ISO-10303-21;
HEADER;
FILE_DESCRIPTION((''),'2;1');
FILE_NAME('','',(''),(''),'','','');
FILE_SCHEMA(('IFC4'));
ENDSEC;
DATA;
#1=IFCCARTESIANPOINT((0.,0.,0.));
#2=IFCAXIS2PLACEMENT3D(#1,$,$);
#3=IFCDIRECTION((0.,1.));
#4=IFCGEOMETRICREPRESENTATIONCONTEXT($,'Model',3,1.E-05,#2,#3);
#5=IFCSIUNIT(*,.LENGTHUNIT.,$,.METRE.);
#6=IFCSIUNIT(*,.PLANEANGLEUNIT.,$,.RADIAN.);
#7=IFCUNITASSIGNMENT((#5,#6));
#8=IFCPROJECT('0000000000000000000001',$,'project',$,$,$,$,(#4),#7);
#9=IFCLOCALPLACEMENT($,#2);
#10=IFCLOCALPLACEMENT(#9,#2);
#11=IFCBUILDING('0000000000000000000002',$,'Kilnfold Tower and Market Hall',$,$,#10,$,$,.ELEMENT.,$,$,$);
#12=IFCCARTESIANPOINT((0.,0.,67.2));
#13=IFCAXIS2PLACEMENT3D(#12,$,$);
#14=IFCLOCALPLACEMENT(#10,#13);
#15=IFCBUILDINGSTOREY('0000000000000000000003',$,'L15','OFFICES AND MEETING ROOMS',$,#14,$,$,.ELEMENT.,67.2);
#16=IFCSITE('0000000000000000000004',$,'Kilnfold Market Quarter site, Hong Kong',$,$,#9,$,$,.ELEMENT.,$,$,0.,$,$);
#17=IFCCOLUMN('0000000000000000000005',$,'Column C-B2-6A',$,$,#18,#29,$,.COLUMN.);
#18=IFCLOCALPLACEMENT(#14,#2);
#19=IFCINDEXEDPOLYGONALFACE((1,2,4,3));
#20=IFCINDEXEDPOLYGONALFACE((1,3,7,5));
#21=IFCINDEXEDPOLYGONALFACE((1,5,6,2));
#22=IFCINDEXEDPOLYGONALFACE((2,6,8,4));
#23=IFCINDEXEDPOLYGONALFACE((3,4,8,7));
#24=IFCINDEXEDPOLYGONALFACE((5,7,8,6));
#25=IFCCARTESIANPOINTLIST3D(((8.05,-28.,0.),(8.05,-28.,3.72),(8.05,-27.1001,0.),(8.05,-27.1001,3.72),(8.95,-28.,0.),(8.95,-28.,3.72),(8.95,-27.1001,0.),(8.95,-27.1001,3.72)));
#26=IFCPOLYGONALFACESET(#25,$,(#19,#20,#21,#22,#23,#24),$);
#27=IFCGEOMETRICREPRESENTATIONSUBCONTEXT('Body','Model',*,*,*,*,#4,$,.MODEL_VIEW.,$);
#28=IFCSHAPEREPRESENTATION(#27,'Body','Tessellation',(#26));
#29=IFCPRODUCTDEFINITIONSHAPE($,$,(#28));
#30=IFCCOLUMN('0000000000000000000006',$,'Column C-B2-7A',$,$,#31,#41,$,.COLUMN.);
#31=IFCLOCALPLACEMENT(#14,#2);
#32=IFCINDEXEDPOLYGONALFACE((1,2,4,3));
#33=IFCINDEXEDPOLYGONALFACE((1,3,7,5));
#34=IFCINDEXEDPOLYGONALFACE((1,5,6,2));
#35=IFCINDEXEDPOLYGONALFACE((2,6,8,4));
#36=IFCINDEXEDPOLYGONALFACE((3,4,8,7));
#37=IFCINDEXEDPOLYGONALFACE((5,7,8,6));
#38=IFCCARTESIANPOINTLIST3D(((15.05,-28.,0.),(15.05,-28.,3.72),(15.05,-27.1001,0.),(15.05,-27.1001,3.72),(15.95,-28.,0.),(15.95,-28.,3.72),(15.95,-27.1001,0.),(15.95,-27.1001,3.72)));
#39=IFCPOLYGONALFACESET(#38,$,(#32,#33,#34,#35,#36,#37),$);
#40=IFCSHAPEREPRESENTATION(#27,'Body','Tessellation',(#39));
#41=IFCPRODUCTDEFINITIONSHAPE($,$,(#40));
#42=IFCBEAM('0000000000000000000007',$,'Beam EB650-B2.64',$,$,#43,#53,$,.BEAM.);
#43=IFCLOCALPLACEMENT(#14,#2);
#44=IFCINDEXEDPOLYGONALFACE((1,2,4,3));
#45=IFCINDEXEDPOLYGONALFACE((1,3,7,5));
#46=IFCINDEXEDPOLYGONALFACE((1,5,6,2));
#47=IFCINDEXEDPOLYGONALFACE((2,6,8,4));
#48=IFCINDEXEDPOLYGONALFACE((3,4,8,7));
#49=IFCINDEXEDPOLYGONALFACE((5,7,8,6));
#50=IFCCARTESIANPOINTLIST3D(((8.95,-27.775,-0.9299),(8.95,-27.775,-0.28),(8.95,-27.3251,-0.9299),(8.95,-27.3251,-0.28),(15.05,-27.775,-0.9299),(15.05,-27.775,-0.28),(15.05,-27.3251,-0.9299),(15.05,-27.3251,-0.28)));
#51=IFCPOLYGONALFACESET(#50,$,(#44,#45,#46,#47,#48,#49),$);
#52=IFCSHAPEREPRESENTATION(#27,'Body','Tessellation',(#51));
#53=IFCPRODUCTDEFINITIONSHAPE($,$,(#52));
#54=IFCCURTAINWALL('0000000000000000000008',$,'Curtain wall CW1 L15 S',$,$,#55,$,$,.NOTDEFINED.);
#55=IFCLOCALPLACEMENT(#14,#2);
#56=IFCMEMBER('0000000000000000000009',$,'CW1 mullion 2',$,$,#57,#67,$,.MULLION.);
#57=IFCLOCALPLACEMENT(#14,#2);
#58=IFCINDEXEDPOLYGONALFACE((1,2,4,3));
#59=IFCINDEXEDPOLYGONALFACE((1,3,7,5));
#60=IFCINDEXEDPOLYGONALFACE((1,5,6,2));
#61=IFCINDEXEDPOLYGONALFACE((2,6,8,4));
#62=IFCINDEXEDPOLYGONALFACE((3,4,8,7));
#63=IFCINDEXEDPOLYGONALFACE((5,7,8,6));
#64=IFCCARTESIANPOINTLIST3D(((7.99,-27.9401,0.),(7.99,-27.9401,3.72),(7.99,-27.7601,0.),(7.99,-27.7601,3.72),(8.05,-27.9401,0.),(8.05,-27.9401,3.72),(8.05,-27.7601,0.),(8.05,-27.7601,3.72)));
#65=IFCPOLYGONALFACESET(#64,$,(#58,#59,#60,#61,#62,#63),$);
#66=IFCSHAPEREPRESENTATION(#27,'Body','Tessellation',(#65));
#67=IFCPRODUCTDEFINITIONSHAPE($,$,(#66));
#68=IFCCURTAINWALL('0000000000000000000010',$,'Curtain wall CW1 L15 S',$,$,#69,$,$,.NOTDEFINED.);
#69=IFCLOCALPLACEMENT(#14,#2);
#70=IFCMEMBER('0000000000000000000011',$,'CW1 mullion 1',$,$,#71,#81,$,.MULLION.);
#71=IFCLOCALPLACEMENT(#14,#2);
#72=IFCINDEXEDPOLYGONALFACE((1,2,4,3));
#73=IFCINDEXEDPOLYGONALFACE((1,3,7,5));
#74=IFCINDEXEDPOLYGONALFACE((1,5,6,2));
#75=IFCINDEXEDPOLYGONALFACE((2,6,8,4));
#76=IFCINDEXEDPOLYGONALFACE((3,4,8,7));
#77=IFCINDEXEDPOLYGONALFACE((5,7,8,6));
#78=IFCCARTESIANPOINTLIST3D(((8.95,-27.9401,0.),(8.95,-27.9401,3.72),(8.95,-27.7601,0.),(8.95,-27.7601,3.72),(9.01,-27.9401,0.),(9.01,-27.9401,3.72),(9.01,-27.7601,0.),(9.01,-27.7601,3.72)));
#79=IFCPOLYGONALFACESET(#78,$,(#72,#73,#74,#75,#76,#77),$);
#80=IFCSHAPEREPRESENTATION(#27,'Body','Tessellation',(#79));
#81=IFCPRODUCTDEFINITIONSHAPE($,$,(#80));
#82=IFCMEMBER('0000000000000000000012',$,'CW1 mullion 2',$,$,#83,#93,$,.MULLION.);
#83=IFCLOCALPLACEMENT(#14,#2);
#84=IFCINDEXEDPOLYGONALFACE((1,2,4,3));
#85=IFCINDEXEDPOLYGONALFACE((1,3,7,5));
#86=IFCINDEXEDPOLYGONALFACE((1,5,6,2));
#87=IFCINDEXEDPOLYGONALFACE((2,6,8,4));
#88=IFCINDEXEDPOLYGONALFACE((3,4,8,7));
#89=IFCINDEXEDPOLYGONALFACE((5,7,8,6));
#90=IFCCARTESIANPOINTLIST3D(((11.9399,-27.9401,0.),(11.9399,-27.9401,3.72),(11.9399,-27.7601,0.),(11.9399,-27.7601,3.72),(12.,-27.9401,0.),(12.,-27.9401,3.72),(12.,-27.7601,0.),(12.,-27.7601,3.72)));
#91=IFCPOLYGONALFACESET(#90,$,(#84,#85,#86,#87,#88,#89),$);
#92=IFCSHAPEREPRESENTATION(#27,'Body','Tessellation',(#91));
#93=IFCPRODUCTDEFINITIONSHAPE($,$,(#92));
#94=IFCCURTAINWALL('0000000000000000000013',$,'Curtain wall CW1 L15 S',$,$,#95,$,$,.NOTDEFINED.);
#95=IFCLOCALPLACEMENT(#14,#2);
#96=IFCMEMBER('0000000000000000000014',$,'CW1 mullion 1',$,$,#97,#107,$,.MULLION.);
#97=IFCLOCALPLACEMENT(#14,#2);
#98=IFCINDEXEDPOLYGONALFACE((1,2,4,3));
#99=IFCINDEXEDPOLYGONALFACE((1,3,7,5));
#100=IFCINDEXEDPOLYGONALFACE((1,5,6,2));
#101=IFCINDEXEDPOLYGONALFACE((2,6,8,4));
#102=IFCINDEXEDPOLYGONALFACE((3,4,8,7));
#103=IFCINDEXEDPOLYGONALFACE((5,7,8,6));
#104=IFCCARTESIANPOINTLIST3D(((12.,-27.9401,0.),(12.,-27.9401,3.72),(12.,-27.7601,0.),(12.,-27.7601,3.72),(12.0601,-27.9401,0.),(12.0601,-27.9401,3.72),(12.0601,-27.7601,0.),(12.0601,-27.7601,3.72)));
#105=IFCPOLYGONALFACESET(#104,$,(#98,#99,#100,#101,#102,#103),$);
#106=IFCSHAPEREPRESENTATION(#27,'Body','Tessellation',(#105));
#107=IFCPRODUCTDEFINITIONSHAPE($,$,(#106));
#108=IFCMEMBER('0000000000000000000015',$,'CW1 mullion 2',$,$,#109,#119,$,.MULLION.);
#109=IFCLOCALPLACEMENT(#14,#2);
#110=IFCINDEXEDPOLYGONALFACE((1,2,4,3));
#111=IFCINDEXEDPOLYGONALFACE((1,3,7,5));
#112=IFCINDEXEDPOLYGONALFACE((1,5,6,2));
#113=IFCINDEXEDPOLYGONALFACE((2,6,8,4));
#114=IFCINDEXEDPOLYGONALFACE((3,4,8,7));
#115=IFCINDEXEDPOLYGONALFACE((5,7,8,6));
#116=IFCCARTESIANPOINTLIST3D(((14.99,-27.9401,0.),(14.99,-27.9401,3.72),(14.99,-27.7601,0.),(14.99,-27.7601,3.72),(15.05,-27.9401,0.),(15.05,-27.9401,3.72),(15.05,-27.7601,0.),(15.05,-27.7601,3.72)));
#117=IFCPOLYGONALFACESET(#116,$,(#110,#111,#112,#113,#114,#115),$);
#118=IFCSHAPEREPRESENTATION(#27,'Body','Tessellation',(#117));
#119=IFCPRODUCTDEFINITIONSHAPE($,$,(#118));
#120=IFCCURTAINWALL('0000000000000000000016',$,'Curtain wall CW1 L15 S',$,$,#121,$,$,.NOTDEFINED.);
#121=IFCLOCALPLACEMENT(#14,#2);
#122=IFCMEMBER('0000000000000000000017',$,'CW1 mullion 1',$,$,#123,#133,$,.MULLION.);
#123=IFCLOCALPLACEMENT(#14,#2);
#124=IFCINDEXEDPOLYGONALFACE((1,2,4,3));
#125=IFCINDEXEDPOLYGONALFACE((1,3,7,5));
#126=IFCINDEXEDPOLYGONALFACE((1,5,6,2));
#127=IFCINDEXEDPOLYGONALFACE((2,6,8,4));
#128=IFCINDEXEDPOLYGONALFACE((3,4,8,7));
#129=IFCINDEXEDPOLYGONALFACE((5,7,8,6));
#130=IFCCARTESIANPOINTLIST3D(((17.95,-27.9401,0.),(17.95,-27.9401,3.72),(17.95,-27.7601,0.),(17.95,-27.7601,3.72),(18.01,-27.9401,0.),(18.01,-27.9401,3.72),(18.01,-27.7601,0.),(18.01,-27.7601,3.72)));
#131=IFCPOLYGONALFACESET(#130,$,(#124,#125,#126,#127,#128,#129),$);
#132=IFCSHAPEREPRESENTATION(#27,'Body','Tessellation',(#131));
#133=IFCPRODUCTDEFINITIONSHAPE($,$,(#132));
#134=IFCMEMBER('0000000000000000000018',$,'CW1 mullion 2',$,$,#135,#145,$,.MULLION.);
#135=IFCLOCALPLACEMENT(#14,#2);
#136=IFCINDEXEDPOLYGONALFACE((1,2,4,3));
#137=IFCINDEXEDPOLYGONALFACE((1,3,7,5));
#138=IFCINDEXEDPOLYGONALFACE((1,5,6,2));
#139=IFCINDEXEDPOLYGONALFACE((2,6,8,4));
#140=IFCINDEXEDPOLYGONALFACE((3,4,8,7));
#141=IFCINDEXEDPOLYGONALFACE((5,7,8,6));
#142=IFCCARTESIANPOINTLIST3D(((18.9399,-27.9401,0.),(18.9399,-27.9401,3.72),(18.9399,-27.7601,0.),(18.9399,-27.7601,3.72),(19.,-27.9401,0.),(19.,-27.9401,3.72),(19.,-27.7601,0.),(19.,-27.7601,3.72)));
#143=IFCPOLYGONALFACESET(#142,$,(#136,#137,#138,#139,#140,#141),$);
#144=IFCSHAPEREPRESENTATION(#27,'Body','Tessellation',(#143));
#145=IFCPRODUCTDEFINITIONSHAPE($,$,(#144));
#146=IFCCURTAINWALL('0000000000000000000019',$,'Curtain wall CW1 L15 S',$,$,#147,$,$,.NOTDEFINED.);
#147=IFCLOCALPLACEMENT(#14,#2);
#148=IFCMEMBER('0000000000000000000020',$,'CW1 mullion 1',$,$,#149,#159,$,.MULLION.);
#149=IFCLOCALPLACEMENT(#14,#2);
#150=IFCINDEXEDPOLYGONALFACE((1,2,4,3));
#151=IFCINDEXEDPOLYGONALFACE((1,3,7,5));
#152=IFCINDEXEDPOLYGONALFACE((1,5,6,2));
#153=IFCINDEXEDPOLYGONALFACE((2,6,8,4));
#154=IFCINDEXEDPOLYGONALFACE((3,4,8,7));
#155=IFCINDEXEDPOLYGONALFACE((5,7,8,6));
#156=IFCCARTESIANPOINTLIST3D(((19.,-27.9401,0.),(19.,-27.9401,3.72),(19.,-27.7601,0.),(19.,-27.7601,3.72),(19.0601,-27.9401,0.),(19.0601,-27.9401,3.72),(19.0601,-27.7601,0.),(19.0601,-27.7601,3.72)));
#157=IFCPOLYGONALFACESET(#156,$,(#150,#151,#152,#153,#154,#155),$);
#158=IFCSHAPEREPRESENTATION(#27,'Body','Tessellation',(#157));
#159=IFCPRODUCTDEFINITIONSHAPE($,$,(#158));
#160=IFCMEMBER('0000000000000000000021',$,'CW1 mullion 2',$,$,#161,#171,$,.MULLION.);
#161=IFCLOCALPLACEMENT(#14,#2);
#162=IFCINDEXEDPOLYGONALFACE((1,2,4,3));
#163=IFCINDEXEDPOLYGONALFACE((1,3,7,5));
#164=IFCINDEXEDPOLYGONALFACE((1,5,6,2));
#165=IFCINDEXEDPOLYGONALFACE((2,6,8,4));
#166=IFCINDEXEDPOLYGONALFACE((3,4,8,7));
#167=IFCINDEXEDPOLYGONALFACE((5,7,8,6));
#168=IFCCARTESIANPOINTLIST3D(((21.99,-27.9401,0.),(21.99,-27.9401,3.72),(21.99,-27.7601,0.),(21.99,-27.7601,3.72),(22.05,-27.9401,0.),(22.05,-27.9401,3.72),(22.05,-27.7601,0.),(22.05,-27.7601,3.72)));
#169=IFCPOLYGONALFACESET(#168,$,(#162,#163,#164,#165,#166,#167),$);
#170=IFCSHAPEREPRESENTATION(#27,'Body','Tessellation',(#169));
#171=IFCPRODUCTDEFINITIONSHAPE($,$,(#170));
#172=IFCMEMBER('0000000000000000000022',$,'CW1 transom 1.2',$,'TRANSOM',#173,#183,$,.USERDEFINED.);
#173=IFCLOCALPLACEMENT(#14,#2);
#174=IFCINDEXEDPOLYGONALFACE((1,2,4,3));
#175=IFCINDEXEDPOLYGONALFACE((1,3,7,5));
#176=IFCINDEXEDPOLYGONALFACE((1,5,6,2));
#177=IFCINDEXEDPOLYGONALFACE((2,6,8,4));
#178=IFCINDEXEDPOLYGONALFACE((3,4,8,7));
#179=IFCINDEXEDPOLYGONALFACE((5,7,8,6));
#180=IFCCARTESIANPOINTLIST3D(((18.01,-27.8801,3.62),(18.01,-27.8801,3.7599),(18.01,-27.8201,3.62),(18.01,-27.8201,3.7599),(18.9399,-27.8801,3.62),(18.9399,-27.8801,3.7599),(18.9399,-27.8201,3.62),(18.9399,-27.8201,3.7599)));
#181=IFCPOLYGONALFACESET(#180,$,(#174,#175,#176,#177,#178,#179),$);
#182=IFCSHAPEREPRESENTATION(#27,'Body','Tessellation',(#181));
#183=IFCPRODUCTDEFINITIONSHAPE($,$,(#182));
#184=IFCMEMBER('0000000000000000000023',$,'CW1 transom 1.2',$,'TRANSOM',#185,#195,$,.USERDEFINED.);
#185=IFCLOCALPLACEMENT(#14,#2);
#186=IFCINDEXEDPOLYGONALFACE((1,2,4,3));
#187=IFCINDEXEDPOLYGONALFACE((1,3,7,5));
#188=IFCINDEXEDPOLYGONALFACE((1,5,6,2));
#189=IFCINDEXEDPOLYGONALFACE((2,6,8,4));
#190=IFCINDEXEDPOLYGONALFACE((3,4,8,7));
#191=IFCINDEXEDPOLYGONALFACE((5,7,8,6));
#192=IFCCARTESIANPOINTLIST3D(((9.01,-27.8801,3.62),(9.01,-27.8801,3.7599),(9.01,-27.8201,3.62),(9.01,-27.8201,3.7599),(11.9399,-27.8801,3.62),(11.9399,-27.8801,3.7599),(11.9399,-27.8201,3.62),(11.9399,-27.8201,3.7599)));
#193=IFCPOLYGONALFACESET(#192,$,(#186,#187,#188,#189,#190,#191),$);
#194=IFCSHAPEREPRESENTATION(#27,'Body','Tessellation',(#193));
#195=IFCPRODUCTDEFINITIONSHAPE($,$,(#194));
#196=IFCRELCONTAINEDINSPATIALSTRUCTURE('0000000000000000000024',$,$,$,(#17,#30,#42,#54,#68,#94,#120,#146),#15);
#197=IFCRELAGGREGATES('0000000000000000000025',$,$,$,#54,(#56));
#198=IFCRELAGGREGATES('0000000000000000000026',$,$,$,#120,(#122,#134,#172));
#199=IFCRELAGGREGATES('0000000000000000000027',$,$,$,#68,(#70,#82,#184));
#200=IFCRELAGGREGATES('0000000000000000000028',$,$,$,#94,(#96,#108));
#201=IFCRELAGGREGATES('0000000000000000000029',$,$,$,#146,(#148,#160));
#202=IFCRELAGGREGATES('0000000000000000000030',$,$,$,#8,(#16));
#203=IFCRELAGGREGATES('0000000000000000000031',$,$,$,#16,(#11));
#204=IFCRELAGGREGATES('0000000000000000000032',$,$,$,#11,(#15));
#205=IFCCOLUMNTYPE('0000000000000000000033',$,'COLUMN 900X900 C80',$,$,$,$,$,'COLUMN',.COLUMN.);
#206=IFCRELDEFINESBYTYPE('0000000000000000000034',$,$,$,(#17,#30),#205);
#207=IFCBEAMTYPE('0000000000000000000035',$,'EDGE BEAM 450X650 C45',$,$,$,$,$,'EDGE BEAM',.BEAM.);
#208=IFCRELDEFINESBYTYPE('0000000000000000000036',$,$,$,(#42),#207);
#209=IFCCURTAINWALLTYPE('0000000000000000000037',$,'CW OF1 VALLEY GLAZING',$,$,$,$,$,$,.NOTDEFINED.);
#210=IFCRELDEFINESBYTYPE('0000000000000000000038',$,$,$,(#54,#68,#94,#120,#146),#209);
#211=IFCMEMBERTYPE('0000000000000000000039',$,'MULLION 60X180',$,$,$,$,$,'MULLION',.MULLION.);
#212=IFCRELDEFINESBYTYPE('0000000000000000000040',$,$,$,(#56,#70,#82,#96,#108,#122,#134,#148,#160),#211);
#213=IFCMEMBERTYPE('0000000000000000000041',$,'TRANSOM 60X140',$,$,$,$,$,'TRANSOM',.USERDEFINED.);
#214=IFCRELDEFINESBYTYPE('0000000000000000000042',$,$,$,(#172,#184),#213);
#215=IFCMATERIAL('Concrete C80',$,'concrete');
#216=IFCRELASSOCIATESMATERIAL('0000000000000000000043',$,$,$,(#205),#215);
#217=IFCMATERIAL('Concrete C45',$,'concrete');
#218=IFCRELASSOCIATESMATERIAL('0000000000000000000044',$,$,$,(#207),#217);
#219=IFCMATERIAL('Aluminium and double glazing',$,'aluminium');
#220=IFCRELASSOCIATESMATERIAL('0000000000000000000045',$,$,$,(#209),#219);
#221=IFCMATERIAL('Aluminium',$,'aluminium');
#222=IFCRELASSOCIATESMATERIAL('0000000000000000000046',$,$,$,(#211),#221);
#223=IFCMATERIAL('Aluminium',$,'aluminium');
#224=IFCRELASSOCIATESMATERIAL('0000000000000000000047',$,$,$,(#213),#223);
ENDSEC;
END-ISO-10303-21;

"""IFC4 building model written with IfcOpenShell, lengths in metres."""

from ifc_helpers import new_model, si_unit, direction, frame, origin, origin_2d, place, context, subcontext, project, spatial, rectangle, extrude, source, transform, mapped, material, material_profile, profile_set, type_object, element, aggregate, save


model = new_model("IFC4")

# Units and contexts
model_context = context("Model", 3, precision=1e-05, world=origin(), true_north=direction((0.0, 1.0)))
body_context = subcontext(model_context, "Body", "Model", "MODEL_VIEW")
ifc_project = project(units=[si_unit("LENGTHUNIT", "METRE"), si_unit("PLANEANGLEUNIT", "RADIAN")], contexts=[model_context])

# Site, building, storey
site_placement = place(None, origin())
site = spatial("IfcSite", under=ifc_project, at=site_placement, Name="Kilnfold Market Quarter site, Hong Kong", CompositionType="ELEMENT", RefElevation=0.0)
building_placement = place(site_placement, origin())
building = spatial("IfcBuilding", under=site, at=building_placement, Name="Kilnfold Tower and Market Hall", CompositionType="ELEMENT")
storey_placement = place(building_placement, frame((0.0, 0.0, 67.2)))
storey = spatial("IfcBuildingStorey", under=building, at=storey_placement, Name="L15", Description="OFFICES AND MEETING ROOMS", CompositionType="ELEMENT", Elevation=67.2)

# Columns
ifc_material_1 = material(Name="Concrete C80", Category="concrete")
ifc_material_profile_1 = material_profile(ifc_material_1, rectangle(XDim=0.8999, YDim=0.8999, at=origin_2d()), Name="RC 900x900")
ifc_profile_set_1 = profile_set([ifc_material_profile_1], Name="Concrete C80")
column_type = type_object("IfcColumnType", Name="COLUMN 900X900 C80", ElementType="COLUMN", PredefinedType="COLUMN", material=ifc_profile_set_1)
shared_shape_1 = source(origin(), body_context, "Body", "SweptSolid", [
    extrude(rectangle(XDim=0.8999, YDim=0.8999, at=origin_2d()), origin(), (0.0, 0.0, 1.0), 3.72),
])
for number, where, z_axis, x_axis, name in (
    (1, (8.5, -27.55, 0.0), (0.0, 0.0, 1.0), (1.0, 0.0, 0.0), "Column C-B2-6A"),
    (2, (15.5, -27.55, 0.0), (0.0, 0.0, 1.0), (1.0, 0.0, 0.0), "Column C-B2-7A"),
):
    element("IfcColumn", number, at=place(storey_placement, frame(where, z_axis=z_axis, x_axis=x_axis)), inside=storey, type_object=column_type, Name=name, PredefinedType="COLUMN", context=body_context, shape_type="MappedRepresentation", body=[
        mapped(shared_shape_1, transform((0.0, 0.0, 0.0))),
    ])

# Beam
ifc_material_2 = material(Name="Concrete C45", Category="concrete")
ifc_material_profile_2 = material_profile(ifc_material_2, rectangle(XDim=0.45, YDim=0.6499, at=origin_2d()), Name="RC 450x650")
ifc_profile_set_2 = profile_set([ifc_material_profile_2], Name="Concrete C45")
beam_type = type_object("IfcBeamType", Name="EDGE BEAM 450X650 C45", ElementType="EDGE BEAM", PredefinedType="BEAM", material=ifc_profile_set_2)
shared_shape_2 = source(origin(), body_context, "Body", "SweptSolid", [
    extrude(rectangle(XDim=0.45, YDim=0.6499, at=origin_2d()), origin(), (0.0, 0.0, 1.0), 6.1001),
])
beam_placement = place(storey_placement, frame((8.95, -27.55, -0.605), z_axis=(1.0, 0.0, 0.0), x_axis=(0.0, 1.0, 0.0)))
element("IfcBeam", 3, at=beam_placement, inside=storey, type_object=beam_type, Name="Beam EB650-B2.64", PredefinedType="BEAM", context=body_context, shape_type="MappedRepresentation", body=[
    mapped(shared_shape_2, transform((0.0, 0.0, 0.0))),
])

# Curtain wall, member
ifc_material_3 = material(Name="Aluminium and double glazing", Category="aluminium")
curtain_wall_type = type_object("IfcCurtainWallType", Name="CW OF1 VALLEY GLAZING", PredefinedType="NOTDEFINED", material=ifc_material_3)
curtain_wall_1_placement = place(storey_placement, origin())
curtain_wall_1 = element("IfcCurtainWall", 4, at=curtain_wall_1_placement, inside=storey, type_object=curtain_wall_type, Name="Curtain wall CW1 L15 S", PredefinedType="NOTDEFINED")
ifc_material_4 = material(Name="Aluminium", Category="aluminium")
ifc_material_profile_3 = material_profile(ifc_material_4, rectangle(XDim=0.0601, YDim=0.1799, at=origin_2d()), Name="MULLION 60x180")
ifc_profile_set_3 = profile_set([ifc_material_profile_3], Name="Aluminium")
member_type_1 = type_object("IfcMemberType", Name="MULLION 60X180", ElementType="MULLION", PredefinedType="MULLION", material=ifc_profile_set_3)
shared_shape_3 = source(origin(), body_context, "Body", "SweptSolid", [
    extrude(rectangle(XDim=0.0601, YDim=0.1799, at=origin_2d()), origin(), (0.0, 0.0, 1.0), 3.72),
])
member_1_placement = place(storey_placement, frame((8.02, -27.8501, 0.0), z_axis=(0.0, 0.0, 1.0), x_axis=(1.0, 0.0, 0.0)))
member_1 = element("IfcMember", 5, at=member_1_placement, type_object=member_type_1, Name="CW1 mullion 2", PredefinedType="MULLION", context=body_context, shape_type="MappedRepresentation", body=[
    mapped(shared_shape_3, transform((0.0, 0.0, 0.0))),
])
aggregate(curtain_wall_1, [member_1])

# Curtain walls, members
curtain_wall_2_placement = place(storey_placement, origin())
curtain_wall_2 = element("IfcCurtainWall", 6, at=curtain_wall_2_placement, inside=storey, type_object=curtain_wall_type, Name="Curtain wall CW1 L15 S", PredefinedType="NOTDEFINED")
member_2_placement = place(storey_placement, frame((8.98, -27.8501, 0.0), z_axis=(0.0, 0.0, 1.0), x_axis=(1.0, 0.0, 0.0)))
member_2 = element("IfcMember", 7, at=member_2_placement, type_object=member_type_1, Name="CW1 mullion 1", PredefinedType="MULLION", context=body_context, shape_type="MappedRepresentation", body=[
    mapped(shared_shape_3, transform((0.0, 0.0, 0.0))),
])
member_3_placement = place(storey_placement, frame((11.97, -27.8501, 0.0), z_axis=(0.0, 0.0, 1.0), x_axis=(1.0, 0.0, 0.0)))
member_3 = element("IfcMember", 8, at=member_3_placement, type_object=member_type_1, Name="CW1 mullion 2", PredefinedType="MULLION", context=body_context, shape_type="MappedRepresentation", body=[
    mapped(shared_shape_3, transform((0.0, 0.0, 0.0))),
])
curtain_wall_3_placement = place(storey_placement, origin())
curtain_wall_3 = element("IfcCurtainWall", 9, at=curtain_wall_3_placement, inside=storey, type_object=curtain_wall_type, Name="Curtain wall CW1 L15 S", PredefinedType="NOTDEFINED")
member_4_placement = place(storey_placement, frame((12.03, -27.8501, 0.0), z_axis=(0.0, 0.0, 1.0), x_axis=(1.0, 0.0, 0.0)))
member_4 = element("IfcMember", 10, at=member_4_placement, type_object=member_type_1, Name="CW1 mullion 1", PredefinedType="MULLION", context=body_context, shape_type="MappedRepresentation", body=[
    mapped(shared_shape_3, transform((0.0, 0.0, 0.0))),
])
member_5_placement = place(storey_placement, frame((15.02, -27.8501, 0.0), z_axis=(0.0, 0.0, 1.0), x_axis=(1.0, 0.0, 0.0)))
member_5 = element("IfcMember", 11, at=member_5_placement, type_object=member_type_1, Name="CW1 mullion 2", PredefinedType="MULLION", context=body_context, shape_type="MappedRepresentation", body=[
    mapped(shared_shape_3, transform((0.0, 0.0, 0.0))),
])
curtain_wall_4_placement = place(storey_placement, origin())
curtain_wall_4 = element("IfcCurtainWall", 12, at=curtain_wall_4_placement, inside=storey, type_object=curtain_wall_type, Name="Curtain wall CW1 L15 S", PredefinedType="NOTDEFINED")
member_6_placement = place(storey_placement, frame((17.98, -27.8501, 0.0), z_axis=(0.0, 0.0, 1.0), x_axis=(1.0, 0.0, 0.0)))
member_6 = element("IfcMember", 13, at=member_6_placement, type_object=member_type_1, Name="CW1 mullion 1", PredefinedType="MULLION", context=body_context, shape_type="MappedRepresentation", body=[
    mapped(shared_shape_3, transform((0.0, 0.0, 0.0))),
])
member_7_placement = place(storey_placement, frame((18.97, -27.8501, 0.0), z_axis=(0.0, 0.0, 1.0), x_axis=(1.0, 0.0, 0.0)))
member_7 = element("IfcMember", 14, at=member_7_placement, type_object=member_type_1, Name="CW1 mullion 2", PredefinedType="MULLION", context=body_context, shape_type="MappedRepresentation", body=[
    mapped(shared_shape_3, transform((0.0, 0.0, 0.0))),
])
curtain_wall_5_placement = place(storey_placement, origin())
curtain_wall_5 = element("IfcCurtainWall", 15, at=curtain_wall_5_placement, inside=storey, type_object=curtain_wall_type, Name="Curtain wall CW1 L15 S", PredefinedType="NOTDEFINED")
member_8_placement = place(storey_placement, frame((19.03, -27.8501, 0.0), z_axis=(0.0, 0.0, 1.0), x_axis=(1.0, 0.0, 0.0)))
member_8 = element("IfcMember", 16, at=member_8_placement, type_object=member_type_1, Name="CW1 mullion 1", PredefinedType="MULLION", context=body_context, shape_type="MappedRepresentation", body=[
    mapped(shared_shape_3, transform((0.0, 0.0, 0.0))),
])
member_9_placement = place(storey_placement, frame((22.02, -27.8501, 0.0), z_axis=(0.0, 0.0, 1.0), x_axis=(1.0, 0.0, 0.0)))
member_9 = element("IfcMember", 17, at=member_9_placement, type_object=member_type_1, Name="CW1 mullion 2", PredefinedType="MULLION", context=body_context, shape_type="MappedRepresentation", body=[
    mapped(shared_shape_3, transform((0.0, 0.0, 0.0))),
])

# Members
ifc_material_5 = material(Name="Aluminium", Category="aluminium")
ifc_material_profile_4 = material_profile(ifc_material_5, rectangle(XDim=0.0601, YDim=0.1399, at=origin_2d()), Name="TRANSOM 60x140")
ifc_profile_set_4 = profile_set([ifc_material_profile_4], Name="Aluminium")
member_type_2 = type_object("IfcMemberType", Name="TRANSOM 60X140", ElementType="TRANSOM", PredefinedType="USERDEFINED", material=ifc_profile_set_4)
shared_shape_4 = source(origin(), body_context, "Body", "SweptSolid", [
    extrude(rectangle(XDim=0.0601, YDim=0.1399, at=origin_2d()), origin(), (0.0, 0.0, 1.0), 0.9299),
])
member_10_placement = place(storey_placement, frame((18.01, -27.8501, 3.6899), z_axis=(1.0, 0.0, 0.0), x_axis=(0.0, 1.0, 0.0)))
member_10 = element("IfcMember", 18, at=member_10_placement, type_object=member_type_2, Name="CW1 transom 1.2", ObjectType="TRANSOM", PredefinedType="USERDEFINED", context=body_context, shape_type="MappedRepresentation", body=[
    mapped(shared_shape_4, transform((0.0, 0.0, 0.0))),
])
shared_shape_5 = source(origin(), body_context, "Body", "SweptSolid", [
    extrude(rectangle(XDim=0.0601, YDim=0.1399, at=origin_2d()), origin(), (0.0, 0.0, 1.0), 2.9299),
])
member_11_placement = place(storey_placement, frame((9.01, -27.8501, 3.6899), z_axis=(1.0, 0.0, 0.0), x_axis=(0.0, 1.0, 0.0)))
member_11 = element("IfcMember", 19, at=member_11_placement, type_object=member_type_2, Name="CW1 transom 1.2", ObjectType="TRANSOM", PredefinedType="USERDEFINED", context=body_context, shape_type="MappedRepresentation", body=[
    mapped(shared_shape_5, transform((0.0, 0.0, 0.0))),
])

aggregate(curtain_wall_4, [member_6, member_7, member_10])
aggregate(curtain_wall_2, [member_2, member_3, member_11])
aggregate(curtain_wall_3, [member_4, member_5])
aggregate(curtain_wall_5, [member_8, member_9])

save(model, "model.ifc")
